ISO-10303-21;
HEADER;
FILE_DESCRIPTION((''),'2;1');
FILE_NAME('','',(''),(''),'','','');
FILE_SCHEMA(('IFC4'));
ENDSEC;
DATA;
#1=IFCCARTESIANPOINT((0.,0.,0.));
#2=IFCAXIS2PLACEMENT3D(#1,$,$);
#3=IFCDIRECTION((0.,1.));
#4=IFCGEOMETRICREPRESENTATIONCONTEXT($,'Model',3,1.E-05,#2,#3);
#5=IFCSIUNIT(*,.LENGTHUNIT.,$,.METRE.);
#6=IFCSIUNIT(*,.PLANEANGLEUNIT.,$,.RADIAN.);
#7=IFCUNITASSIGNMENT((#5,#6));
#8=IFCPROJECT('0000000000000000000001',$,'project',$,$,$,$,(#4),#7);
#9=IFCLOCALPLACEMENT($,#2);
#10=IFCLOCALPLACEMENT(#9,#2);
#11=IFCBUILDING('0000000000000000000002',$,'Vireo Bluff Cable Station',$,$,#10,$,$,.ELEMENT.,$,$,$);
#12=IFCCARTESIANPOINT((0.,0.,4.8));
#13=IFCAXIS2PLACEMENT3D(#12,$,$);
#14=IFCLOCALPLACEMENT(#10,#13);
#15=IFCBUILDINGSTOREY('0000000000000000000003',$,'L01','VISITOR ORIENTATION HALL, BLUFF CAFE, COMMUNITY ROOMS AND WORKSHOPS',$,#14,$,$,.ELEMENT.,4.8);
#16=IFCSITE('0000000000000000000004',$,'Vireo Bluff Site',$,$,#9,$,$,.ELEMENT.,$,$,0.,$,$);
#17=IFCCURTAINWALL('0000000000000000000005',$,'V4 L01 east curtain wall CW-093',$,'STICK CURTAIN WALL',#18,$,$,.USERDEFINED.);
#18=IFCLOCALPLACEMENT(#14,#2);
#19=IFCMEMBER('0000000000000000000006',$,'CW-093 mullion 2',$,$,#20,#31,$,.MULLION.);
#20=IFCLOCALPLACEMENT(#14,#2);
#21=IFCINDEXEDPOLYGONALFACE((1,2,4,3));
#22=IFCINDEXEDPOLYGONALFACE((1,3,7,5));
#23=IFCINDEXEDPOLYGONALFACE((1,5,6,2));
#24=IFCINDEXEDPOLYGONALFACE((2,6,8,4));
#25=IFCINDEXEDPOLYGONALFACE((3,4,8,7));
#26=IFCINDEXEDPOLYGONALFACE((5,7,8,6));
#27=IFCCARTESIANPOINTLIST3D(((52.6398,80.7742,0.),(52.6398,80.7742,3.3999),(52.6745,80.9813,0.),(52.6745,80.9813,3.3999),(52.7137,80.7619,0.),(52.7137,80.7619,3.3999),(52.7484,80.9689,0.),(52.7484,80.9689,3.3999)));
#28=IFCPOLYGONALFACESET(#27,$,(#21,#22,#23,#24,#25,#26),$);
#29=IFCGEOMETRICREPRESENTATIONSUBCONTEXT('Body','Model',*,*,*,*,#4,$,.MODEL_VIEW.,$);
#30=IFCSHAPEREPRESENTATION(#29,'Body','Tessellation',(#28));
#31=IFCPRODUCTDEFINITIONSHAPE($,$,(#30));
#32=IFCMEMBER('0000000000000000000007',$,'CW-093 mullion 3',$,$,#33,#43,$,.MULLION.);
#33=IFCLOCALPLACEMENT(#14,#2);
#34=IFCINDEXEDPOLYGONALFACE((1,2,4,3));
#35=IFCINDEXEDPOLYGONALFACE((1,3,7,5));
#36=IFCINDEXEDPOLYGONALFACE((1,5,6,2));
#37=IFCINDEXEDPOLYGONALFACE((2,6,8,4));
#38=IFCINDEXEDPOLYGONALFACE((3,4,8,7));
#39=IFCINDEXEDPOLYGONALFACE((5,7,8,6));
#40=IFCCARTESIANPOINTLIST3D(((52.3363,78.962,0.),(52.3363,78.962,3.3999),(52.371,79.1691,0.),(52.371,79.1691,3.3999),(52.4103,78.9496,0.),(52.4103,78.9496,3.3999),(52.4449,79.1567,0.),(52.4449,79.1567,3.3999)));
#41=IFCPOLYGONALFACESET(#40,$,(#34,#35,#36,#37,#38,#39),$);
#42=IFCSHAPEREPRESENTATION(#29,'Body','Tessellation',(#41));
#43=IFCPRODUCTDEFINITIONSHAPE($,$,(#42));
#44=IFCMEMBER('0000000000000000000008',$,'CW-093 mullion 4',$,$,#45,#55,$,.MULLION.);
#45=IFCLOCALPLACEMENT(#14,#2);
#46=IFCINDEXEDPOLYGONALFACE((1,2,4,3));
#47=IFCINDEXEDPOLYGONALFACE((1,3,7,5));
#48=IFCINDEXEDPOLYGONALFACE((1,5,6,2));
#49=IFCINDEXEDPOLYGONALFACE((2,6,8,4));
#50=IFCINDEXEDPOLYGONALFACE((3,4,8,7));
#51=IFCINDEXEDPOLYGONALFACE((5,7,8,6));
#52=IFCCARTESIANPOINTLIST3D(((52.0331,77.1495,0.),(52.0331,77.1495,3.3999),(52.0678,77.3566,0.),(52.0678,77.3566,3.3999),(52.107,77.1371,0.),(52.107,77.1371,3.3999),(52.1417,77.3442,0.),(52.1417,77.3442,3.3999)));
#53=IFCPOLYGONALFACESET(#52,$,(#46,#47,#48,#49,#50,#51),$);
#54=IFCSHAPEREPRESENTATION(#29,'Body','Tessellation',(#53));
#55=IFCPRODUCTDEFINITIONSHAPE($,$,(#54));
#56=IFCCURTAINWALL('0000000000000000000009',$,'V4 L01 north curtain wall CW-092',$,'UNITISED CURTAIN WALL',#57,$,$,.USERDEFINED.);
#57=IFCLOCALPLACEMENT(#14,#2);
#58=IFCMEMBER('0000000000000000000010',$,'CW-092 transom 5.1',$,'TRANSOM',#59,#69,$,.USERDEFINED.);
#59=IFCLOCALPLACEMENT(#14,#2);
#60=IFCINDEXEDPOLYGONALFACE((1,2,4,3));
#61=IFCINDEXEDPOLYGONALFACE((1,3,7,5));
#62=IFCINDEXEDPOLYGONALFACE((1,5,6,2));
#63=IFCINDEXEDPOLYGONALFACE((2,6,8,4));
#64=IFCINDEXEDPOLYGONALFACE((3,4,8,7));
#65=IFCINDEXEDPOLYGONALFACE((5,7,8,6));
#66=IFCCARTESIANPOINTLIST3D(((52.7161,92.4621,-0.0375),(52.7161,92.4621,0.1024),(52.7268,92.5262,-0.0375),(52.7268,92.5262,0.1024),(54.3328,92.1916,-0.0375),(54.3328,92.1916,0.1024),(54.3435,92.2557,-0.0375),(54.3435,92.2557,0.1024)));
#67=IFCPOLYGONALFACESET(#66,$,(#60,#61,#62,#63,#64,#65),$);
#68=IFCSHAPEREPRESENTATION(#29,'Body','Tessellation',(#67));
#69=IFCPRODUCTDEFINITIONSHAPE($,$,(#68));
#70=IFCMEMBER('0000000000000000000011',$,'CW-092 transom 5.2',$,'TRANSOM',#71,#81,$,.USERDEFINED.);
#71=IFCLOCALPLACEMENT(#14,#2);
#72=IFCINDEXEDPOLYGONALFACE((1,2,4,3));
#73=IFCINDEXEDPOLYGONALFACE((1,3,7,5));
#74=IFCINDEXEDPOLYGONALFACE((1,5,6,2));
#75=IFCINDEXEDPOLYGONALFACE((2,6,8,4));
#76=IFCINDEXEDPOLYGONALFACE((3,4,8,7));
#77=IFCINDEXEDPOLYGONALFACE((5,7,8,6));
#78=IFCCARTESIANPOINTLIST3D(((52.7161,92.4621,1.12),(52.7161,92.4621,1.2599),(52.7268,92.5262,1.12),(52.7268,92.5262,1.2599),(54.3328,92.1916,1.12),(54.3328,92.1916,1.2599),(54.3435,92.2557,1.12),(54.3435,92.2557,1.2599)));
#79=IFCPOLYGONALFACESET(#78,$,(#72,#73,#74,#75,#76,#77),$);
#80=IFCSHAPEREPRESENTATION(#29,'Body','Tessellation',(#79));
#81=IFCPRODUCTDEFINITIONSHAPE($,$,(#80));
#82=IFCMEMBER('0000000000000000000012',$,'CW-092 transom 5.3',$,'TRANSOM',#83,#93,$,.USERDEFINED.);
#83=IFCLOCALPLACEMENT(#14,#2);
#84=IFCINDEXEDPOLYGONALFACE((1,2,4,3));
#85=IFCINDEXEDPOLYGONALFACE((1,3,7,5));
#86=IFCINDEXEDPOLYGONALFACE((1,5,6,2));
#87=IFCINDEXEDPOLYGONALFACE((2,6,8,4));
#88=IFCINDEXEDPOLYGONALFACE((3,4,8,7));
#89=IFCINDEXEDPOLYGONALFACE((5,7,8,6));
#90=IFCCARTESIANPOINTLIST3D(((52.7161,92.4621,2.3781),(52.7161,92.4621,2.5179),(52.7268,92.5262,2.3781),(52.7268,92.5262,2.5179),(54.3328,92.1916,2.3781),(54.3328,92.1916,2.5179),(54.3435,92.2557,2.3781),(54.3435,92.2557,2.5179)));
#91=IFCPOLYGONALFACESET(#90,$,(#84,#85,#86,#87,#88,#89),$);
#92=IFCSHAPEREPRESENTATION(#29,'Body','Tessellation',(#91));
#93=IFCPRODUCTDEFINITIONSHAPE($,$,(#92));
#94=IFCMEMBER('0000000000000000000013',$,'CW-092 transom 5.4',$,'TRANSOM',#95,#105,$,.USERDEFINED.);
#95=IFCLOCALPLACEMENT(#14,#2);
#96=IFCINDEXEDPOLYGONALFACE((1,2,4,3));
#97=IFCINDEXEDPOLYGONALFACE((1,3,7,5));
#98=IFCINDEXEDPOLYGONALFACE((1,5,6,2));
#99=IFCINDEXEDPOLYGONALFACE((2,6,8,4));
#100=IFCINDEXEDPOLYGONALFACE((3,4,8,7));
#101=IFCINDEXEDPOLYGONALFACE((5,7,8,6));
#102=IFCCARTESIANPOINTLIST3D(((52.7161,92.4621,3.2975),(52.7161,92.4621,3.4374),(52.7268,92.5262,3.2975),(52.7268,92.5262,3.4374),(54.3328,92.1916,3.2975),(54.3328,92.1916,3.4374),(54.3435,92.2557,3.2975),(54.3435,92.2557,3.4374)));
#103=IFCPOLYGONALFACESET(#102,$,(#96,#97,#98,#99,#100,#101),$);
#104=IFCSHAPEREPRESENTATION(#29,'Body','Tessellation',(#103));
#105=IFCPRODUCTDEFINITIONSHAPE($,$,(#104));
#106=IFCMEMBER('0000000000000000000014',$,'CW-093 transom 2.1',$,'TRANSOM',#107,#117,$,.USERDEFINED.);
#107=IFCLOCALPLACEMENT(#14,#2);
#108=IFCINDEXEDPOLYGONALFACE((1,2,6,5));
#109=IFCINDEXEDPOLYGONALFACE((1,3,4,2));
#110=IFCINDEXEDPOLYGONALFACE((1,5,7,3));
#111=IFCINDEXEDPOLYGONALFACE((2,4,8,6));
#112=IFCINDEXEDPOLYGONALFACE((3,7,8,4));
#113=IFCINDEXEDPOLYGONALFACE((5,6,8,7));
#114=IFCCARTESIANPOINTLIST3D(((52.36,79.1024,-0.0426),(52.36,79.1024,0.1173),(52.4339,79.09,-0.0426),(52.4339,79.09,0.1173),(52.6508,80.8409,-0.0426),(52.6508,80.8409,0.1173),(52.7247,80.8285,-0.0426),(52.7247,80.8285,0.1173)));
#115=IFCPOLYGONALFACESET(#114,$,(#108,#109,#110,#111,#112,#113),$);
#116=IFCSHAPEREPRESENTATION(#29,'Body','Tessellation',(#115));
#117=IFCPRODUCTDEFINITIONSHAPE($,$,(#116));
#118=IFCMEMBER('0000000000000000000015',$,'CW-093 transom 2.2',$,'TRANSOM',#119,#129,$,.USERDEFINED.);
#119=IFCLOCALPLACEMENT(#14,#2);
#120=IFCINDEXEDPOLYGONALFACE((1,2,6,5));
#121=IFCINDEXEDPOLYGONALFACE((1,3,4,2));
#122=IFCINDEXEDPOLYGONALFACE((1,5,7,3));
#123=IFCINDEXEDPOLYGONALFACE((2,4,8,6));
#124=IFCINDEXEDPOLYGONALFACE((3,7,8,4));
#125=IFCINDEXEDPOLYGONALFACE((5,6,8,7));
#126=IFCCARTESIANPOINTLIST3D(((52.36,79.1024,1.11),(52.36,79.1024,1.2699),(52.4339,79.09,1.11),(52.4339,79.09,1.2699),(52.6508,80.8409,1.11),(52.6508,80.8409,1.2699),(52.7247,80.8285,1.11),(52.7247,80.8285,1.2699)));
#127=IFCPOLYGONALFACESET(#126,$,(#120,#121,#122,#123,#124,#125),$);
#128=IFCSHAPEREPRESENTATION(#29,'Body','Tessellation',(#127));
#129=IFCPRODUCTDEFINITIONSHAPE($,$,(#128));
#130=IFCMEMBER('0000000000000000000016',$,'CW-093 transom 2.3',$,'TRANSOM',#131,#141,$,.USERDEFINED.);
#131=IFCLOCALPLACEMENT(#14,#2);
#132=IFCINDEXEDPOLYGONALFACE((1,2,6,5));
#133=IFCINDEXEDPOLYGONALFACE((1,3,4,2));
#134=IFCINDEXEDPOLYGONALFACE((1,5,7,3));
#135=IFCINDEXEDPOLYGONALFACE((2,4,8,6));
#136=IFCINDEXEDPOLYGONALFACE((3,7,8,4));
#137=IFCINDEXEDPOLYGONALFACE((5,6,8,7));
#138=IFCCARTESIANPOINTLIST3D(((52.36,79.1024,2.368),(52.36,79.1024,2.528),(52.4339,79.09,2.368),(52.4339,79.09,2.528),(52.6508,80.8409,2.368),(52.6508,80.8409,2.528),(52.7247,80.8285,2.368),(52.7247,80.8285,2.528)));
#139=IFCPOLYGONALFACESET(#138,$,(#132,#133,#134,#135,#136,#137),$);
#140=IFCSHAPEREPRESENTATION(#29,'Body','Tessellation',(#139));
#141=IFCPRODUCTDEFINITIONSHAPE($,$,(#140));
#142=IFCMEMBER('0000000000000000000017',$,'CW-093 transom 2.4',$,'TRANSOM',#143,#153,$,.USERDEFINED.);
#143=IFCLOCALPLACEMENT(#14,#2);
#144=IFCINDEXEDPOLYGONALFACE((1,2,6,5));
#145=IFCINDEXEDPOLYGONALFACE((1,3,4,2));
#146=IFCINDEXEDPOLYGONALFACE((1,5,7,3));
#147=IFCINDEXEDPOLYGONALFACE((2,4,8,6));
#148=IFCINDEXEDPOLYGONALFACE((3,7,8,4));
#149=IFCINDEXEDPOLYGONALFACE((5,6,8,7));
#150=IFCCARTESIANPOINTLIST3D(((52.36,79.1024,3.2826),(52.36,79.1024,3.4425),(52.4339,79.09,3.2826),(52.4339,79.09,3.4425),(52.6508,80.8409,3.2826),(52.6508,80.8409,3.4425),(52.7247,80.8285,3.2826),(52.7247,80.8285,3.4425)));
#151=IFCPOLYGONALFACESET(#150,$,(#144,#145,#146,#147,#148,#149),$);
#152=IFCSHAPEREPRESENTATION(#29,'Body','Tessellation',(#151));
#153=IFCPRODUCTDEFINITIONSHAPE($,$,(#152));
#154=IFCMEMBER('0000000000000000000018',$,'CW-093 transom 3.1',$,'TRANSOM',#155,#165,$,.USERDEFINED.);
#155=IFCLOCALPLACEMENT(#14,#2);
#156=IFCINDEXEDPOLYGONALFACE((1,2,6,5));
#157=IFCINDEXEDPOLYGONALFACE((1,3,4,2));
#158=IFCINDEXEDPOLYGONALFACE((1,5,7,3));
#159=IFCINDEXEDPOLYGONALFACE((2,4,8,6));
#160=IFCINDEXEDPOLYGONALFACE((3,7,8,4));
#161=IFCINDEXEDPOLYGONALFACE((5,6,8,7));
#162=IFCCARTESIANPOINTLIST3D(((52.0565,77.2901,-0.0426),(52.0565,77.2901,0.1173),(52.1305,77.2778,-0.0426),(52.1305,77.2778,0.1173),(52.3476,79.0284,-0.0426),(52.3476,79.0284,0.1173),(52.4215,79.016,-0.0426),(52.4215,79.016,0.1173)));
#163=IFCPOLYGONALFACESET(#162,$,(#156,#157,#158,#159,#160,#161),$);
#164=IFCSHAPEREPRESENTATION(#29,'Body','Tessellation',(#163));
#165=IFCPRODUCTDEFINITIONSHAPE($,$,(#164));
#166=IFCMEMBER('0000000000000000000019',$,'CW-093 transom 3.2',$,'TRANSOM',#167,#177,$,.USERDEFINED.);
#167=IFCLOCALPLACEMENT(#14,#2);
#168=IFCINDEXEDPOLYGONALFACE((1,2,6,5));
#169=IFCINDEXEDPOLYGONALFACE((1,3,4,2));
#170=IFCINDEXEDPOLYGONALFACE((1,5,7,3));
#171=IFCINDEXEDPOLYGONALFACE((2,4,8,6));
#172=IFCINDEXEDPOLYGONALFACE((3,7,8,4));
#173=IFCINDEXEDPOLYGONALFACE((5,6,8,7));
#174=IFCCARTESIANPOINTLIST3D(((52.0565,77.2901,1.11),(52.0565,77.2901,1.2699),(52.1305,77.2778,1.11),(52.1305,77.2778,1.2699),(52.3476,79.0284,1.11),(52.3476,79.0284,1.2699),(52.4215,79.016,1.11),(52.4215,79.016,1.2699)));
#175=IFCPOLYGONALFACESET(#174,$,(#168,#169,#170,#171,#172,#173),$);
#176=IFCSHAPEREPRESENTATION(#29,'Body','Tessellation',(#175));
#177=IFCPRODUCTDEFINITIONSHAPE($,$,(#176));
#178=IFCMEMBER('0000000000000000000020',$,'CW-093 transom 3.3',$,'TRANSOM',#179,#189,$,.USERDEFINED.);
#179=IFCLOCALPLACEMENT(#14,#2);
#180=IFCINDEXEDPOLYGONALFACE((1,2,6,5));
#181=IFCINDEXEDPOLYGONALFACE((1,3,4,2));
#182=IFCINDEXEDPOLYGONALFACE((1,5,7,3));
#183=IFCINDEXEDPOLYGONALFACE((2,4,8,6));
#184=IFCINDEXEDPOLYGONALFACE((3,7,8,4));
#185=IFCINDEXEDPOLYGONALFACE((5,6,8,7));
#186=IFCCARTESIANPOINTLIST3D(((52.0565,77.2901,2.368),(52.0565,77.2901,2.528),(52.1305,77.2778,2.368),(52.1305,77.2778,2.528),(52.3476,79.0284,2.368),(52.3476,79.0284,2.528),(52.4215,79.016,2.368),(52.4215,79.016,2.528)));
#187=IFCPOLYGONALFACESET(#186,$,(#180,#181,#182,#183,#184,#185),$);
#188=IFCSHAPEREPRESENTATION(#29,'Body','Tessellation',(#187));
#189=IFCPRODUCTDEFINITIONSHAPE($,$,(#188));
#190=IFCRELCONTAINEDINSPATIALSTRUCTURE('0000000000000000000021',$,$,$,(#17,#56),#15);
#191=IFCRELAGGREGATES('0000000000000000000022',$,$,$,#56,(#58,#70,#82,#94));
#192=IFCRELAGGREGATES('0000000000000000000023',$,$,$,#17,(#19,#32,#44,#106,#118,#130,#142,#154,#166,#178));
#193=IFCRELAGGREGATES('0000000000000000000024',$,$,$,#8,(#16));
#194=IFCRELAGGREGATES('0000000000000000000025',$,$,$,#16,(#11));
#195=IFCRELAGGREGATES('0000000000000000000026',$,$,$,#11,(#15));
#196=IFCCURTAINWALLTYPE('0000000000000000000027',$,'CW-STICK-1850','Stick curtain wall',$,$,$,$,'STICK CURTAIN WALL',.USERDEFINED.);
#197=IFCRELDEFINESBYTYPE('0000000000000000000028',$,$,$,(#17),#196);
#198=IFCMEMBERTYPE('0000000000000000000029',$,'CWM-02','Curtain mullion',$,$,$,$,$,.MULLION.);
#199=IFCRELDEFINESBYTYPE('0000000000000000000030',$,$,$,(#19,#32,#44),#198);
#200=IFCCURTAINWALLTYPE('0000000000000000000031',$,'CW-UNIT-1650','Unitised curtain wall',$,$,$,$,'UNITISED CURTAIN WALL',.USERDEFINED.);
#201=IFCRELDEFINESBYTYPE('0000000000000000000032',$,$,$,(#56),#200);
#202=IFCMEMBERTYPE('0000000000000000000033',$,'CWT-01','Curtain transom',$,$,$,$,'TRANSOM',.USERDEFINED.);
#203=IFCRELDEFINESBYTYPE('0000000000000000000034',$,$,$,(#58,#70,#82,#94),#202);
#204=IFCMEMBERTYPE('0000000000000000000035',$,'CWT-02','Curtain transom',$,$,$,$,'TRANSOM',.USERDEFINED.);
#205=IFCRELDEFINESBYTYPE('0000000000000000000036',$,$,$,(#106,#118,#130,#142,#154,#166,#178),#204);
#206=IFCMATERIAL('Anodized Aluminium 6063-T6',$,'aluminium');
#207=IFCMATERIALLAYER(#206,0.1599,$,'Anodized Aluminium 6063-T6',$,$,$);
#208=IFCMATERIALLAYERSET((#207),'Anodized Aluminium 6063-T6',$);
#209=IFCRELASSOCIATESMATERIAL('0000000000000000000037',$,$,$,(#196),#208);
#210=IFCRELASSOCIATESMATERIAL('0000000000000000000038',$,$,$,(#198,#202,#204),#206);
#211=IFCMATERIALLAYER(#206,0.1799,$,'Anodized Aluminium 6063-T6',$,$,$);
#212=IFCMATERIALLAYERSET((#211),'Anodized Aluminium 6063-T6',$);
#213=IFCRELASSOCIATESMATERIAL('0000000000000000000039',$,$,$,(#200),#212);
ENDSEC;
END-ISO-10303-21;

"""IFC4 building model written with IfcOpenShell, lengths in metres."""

from ifc_helpers import new_model, si_unit, direction, frame, origin, origin_2d, place, context, subcontext, project, spatial, rectangle, extrude, material, layer, layer_set, material_profile, profile_set, type_object, element, aggregate, save


model = new_model("IFC4")

# Units and contexts
model_context = context("Model", 3, precision=1e-05, world=origin(), true_north=direction((0.0, 1.0)))
body_context = subcontext(model_context, "Body", "Model", "MODEL_VIEW")
ifc_project = project(units=[si_unit("LENGTHUNIT", "METRE"), si_unit("PLANEANGLEUNIT", "RADIAN")], contexts=[model_context])

# Site, building, storey
site_placement = place(None, origin())
site = spatial("IfcSite", under=ifc_project, at=site_placement, Name="Vireo Bluff Site", CompositionType="ELEMENT", RefElevation=0.0)
building_placement = place(site_placement, origin())
building = spatial("IfcBuilding", under=site, at=building_placement, Name="Vireo Bluff Cable Station", CompositionType="ELEMENT")
storey_placement = place(building_placement, frame((0.0, 0.0, 4.8)))
storey = spatial("IfcBuildingStorey", under=building, at=storey_placement, Name="L01", Description="VISITOR ORIENTATION HALL, BLUFF CAFE, COMMUNITY ROOMS AND WORKSHOPS", CompositionType="ELEMENT", Elevation=4.8)

# Curtain walls, members
ifc_material_1 = material(Name="Anodized Aluminium 6063-T6", Category="aluminium")
ifc_layer_1 = layer(ifc_material_1, 0.1599, Name="Anodized Aluminium 6063-T6")
ifc_layer_set_1 = layer_set([ifc_layer_1], Name="Anodized Aluminium 6063-T6")
curtain_wall_type_1 = type_object("IfcCurtainWallType", Name="CW-STICK-1850", Description="Stick curtain wall", ElementType="STICK CURTAIN WALL", PredefinedType="USERDEFINED", material=ifc_layer_set_1)
curtain_wall_1_placement = place(storey_placement, origin())
curtain_wall_1 = element("IfcCurtainWall", 1, at=curtain_wall_1_placement, inside=storey, type_object=curtain_wall_type_1, Name="V4 L01 east curtain wall CW-093", ObjectType="STICK CURTAIN WALL", PredefinedType="USERDEFINED")
ifc_material_profile_1 = material_profile(ifc_material_1, rectangle(XDim=0.075, YDim=0.21, at=origin_2d()), Name="ALU-M-75X210")
ifc_profile_set_1 = profile_set([ifc_material_profile_1], Name="Anodized Aluminium 6063-T6")
member_type_1 = type_object("IfcMemberType", Name="CWM-02", Description="Curtain mullion", PredefinedType="MULLION", material=ifc_profile_set_1)
member_1_placement = place(storey_placement, frame((52.6941, 80.8716, 0.0), z_axis=(0.0, 0.0, 1.0), x_axis=(0.986286, -0.165048, 0.0)))
member_1 = element("IfcMember", 2, at=member_1_placement, type_object=member_type_1, Name="CW-093 mullion 2", PredefinedType="MULLION", context=body_context, shape_type="SweptSolid", body=[
    extrude(rectangle(XDim=0.075, YDim=0.21, at=origin_2d()), origin(), (0.0, 0.0, 1.0), 3.3999),
])
member_2_placement = place(storey_placement, frame((52.3906, 79.0593, 0.0), z_axis=(0.0, 0.0, 1.0), x_axis=(0.986286, -0.165048, 0.0)))
member_2 = element("IfcMember", 3, at=member_2_placement, type_object=member_type_1, Name="CW-093 mullion 3", PredefinedType="MULLION", context=body_context, shape_type="SweptSolid", body=[
    extrude(rectangle(XDim=0.075, YDim=0.21, at=origin_2d()), origin(), (0.0, 0.0, 1.0), 3.3999),
])
member_3_placement = place(storey_placement, frame((52.0874, 77.2468, 0.0), z_axis=(0.0, 0.0, 1.0), x_axis=(0.986286, -0.165048, 0.0)))
member_3 = element("IfcMember", 4, at=member_3_placement, type_object=member_type_1, Name="CW-093 mullion 4", PredefinedType="MULLION", context=body_context, shape_type="SweptSolid", body=[
    extrude(rectangle(XDim=0.075, YDim=0.21, at=origin_2d()), origin(), (0.0, 0.0, 1.0), 3.3999),
])
ifc_layer_2 = layer(ifc_material_1, 0.1799, Name="Anodized Aluminium 6063-T6")
ifc_layer_set_2 = layer_set([ifc_layer_2], Name="Anodized Aluminium 6063-T6")
curtain_wall_type_2 = type_object("IfcCurtainWallType", Name="CW-UNIT-1650", Description="Unitised curtain wall", ElementType="UNITISED CURTAIN WALL", PredefinedType="USERDEFINED", material=ifc_layer_set_2)
curtain_wall_2_placement = place(storey_placement, origin())
curtain_wall_2 = element("IfcCurtainWall", 5, at=curtain_wall_2_placement, inside=storey, type_object=curtain_wall_type_2, Name="V4 L01 north curtain wall CW-092", ObjectType="UNITISED CURTAIN WALL", PredefinedType="USERDEFINED")
ifc_material_profile_2 = material_profile(ifc_material_1, rectangle(XDim=0.0649, YDim=0.1399, at=origin_2d()), Name="ALU-T-65X140")
ifc_profile_set_2 = profile_set([ifc_material_profile_2], Name="Anodized Aluminium 6063-T6")
member_type_2 = type_object("IfcMemberType", Name="CWT-01", Description="Curtain transom", ElementType="TRANSOM", PredefinedType="USERDEFINED", material=ifc_profile_set_2)
member_4_placement = place(storey_placement, frame((52.7214, 92.4941, 0.0325), z_axis=(0.986289, -0.165027, 0.0), x_axis=(0.165027, 0.986289, 0.0)))
member_4 = element("IfcMember", 6, at=member_4_placement, type_object=member_type_2, Name="CW-092 transom 5.1", ObjectType="TRANSOM", PredefinedType="USERDEFINED", context=body_context, shape_type="SweptSolid", body=[
    extrude(rectangle(XDim=0.0649, YDim=0.1399, at=origin_2d()), origin(), (0.0, 0.0, 1.0), 1.6392),
])
member_5_placement = place(storey_placement, frame((52.7214, 92.4941, 1.1899), z_axis=(0.986289, -0.165027, 0.0), x_axis=(0.165027, 0.986289, 0.0)))
member_5 = element("IfcMember", 7, at=member_5_placement, type_object=member_type_2, Name="CW-092 transom 5.2", ObjectType="TRANSOM", PredefinedType="USERDEFINED", context=body_context, shape_type="SweptSolid", body=[
    extrude(rectangle(XDim=0.0649, YDim=0.1399, at=origin_2d()), origin(), (0.0, 0.0, 1.0), 1.6392),
])
member_6_placement = place(storey_placement, frame((52.7214, 92.4941, 2.448), z_axis=(0.986289, -0.165027, 0.0), x_axis=(0.165027, 0.986289, 0.0)))
member_6 = element("IfcMember", 8, at=member_6_placement, type_object=member_type_2, Name="CW-092 transom 5.3", ObjectType="TRANSOM", PredefinedType="USERDEFINED", context=body_context, shape_type="SweptSolid", body=[
    extrude(rectangle(XDim=0.0649, YDim=0.1399, at=origin_2d()), origin(), (0.0, 0.0, 1.0), 1.6392),
])
member_7_placement = place(storey_placement, frame((52.7214, 92.4941, 3.3674), z_axis=(0.986289, -0.165027, 0.0), x_axis=(0.165027, 0.986289, 0.0)))
member_7 = element("IfcMember", 9, at=member_7_placement, type_object=member_type_2, Name="CW-092 transom 5.4", ObjectType="TRANSOM", PredefinedType="USERDEFINED", context=body_context, shape_type="SweptSolid", body=[
    extrude(rectangle(XDim=0.0649, YDim=0.1399, at=origin_2d()), origin(), (0.0, 0.0, 1.0), 1.6392),
])
aggregate(curtain_wall_2, [member_4, member_5, member_6, member_7])

# Members
ifc_material_profile_3 = material_profile(ifc_material_1, rectangle(XDim=0.075, YDim=0.1599, at=origin_2d()), Name="ALU-T-75X160")
ifc_profile_set_3 = profile_set([ifc_material_profile_3], Name="Anodized Aluminium 6063-T6")
member_type_3 = type_object("IfcMemberType", Name="CWT-02", Description="Curtain transom", ElementType="TRANSOM", PredefinedType="USERDEFINED", material=ifc_profile_set_3)
member_8_placement = place(storey_placement, frame((52.6877, 80.8347, 0.0374), z_axis=(-0.16496, -0.9863, 0.0), x_axis=(0.9863, -0.16496, 0.0)))
member_8 = element("IfcMember", 10, at=member_8_placement, type_object=member_type_3, Name="CW-093 transom 2.1", ObjectType="TRANSOM", PredefinedType="USERDEFINED", context=body_context, shape_type="SweptSolid", body=[
    extrude(rectangle(XDim=0.075, YDim=0.1599, at=origin_2d()), origin(), (0.0, 0.0, 1.0), 1.7627),
])
member_9_placement = place(storey_placement, frame((52.6877, 80.8347, 1.1899), z_axis=(-0.16496, -0.9863, 0.0), x_axis=(0.9863, -0.16496, 0.0)))
member_9 = element("IfcMember", 11, at=member_9_placement, type_object=member_type_3, Name="CW-093 transom 2.2", ObjectType="TRANSOM", PredefinedType="USERDEFINED", context=body_context, shape_type="SweptSolid", body=[
    extrude(rectangle(XDim=0.075, YDim=0.1599, at=origin_2d()), origin(), (0.0, 0.0, 1.0), 1.7627),
])
member_10_placement = place(storey_placement, frame((52.6877, 80.8347, 2.448), z_axis=(-0.16496, -0.9863, 0.0), x_axis=(0.9863, -0.16496, 0.0)))
member_10 = element("IfcMember", 12, at=member_10_placement, type_object=member_type_3, Name="CW-093 transom 2.3", ObjectType="TRANSOM", PredefinedType="USERDEFINED", context=body_context, shape_type="SweptSolid", body=[
    extrude(rectangle(XDim=0.075, YDim=0.1599, at=origin_2d()), origin(), (0.0, 0.0, 1.0), 1.7627),
])
member_11_placement = place(storey_placement, frame((52.6877, 80.8347, 3.3625), z_axis=(-0.16496, -0.9863, 0.0), x_axis=(0.9863, -0.16496, 0.0)))
member_11 = element("IfcMember", 13, at=member_11_placement, type_object=member_type_3, Name="CW-093 transom 2.4", ObjectType="TRANSOM", PredefinedType="USERDEFINED", context=body_context, shape_type="SweptSolid", body=[
    extrude(rectangle(XDim=0.075, YDim=0.1599, at=origin_2d()), origin(), (0.0, 0.0, 1.0), 1.7627),
])
member_12_placement = place(storey_placement, frame((52.3845, 79.0222, 0.0374), z_axis=(-0.165118, -0.986274, 0.0), x_axis=(0.986274, -0.165118, 0.0)))
member_12 = element("IfcMember", 14, at=member_12_placement, type_object=member_type_3, Name="CW-093 transom 3.1", ObjectType="TRANSOM", PredefinedType="USERDEFINED", context=body_context, shape_type="SweptSolid", body=[
    extrude(rectangle(XDim=0.075, YDim=0.1599, at=origin_2d()), origin(), (0.0, 0.0, 1.0), 1.7625),
])
member_13_placement = place(storey_placement, frame((52.3845, 79.0222, 1.1899), z_axis=(-0.165118, -0.986274, 0.0), x_axis=(0.986274, -0.165118, 0.0)))
member_13 = element("IfcMember", 15, at=member_13_placement, type_object=member_type_3, Name="CW-093 transom 3.2", ObjectType="TRANSOM", PredefinedType="USERDEFINED", context=body_context, shape_type="SweptSolid", body=[
    extrude(rectangle(XDim=0.075, YDim=0.1599, at=origin_2d()), origin(), (0.0, 0.0, 1.0), 1.7625),
])
member_14_placement = place(storey_placement, frame((52.3845, 79.0222, 2.448), z_axis=(-0.165118, -0.986274, 0.0), x_axis=(0.986274, -0.165118, 0.0)))
member_14 = element("IfcMember", 16, at=member_14_placement, type_object=member_type_3, Name="CW-093 transom 3.3", ObjectType="TRANSOM", PredefinedType="USERDEFINED", context=body_context, shape_type="SweptSolid", body=[
    extrude(rectangle(XDim=0.075, YDim=0.1599, at=origin_2d()), origin(), (0.0, 0.0, 1.0), 1.7625),
])

aggregate(curtain_wall_1, [member_1, member_2, member_3, member_8, member_9, member_10, member_11, member_12, member_13, member_14])

save(model, "model.ifc")
